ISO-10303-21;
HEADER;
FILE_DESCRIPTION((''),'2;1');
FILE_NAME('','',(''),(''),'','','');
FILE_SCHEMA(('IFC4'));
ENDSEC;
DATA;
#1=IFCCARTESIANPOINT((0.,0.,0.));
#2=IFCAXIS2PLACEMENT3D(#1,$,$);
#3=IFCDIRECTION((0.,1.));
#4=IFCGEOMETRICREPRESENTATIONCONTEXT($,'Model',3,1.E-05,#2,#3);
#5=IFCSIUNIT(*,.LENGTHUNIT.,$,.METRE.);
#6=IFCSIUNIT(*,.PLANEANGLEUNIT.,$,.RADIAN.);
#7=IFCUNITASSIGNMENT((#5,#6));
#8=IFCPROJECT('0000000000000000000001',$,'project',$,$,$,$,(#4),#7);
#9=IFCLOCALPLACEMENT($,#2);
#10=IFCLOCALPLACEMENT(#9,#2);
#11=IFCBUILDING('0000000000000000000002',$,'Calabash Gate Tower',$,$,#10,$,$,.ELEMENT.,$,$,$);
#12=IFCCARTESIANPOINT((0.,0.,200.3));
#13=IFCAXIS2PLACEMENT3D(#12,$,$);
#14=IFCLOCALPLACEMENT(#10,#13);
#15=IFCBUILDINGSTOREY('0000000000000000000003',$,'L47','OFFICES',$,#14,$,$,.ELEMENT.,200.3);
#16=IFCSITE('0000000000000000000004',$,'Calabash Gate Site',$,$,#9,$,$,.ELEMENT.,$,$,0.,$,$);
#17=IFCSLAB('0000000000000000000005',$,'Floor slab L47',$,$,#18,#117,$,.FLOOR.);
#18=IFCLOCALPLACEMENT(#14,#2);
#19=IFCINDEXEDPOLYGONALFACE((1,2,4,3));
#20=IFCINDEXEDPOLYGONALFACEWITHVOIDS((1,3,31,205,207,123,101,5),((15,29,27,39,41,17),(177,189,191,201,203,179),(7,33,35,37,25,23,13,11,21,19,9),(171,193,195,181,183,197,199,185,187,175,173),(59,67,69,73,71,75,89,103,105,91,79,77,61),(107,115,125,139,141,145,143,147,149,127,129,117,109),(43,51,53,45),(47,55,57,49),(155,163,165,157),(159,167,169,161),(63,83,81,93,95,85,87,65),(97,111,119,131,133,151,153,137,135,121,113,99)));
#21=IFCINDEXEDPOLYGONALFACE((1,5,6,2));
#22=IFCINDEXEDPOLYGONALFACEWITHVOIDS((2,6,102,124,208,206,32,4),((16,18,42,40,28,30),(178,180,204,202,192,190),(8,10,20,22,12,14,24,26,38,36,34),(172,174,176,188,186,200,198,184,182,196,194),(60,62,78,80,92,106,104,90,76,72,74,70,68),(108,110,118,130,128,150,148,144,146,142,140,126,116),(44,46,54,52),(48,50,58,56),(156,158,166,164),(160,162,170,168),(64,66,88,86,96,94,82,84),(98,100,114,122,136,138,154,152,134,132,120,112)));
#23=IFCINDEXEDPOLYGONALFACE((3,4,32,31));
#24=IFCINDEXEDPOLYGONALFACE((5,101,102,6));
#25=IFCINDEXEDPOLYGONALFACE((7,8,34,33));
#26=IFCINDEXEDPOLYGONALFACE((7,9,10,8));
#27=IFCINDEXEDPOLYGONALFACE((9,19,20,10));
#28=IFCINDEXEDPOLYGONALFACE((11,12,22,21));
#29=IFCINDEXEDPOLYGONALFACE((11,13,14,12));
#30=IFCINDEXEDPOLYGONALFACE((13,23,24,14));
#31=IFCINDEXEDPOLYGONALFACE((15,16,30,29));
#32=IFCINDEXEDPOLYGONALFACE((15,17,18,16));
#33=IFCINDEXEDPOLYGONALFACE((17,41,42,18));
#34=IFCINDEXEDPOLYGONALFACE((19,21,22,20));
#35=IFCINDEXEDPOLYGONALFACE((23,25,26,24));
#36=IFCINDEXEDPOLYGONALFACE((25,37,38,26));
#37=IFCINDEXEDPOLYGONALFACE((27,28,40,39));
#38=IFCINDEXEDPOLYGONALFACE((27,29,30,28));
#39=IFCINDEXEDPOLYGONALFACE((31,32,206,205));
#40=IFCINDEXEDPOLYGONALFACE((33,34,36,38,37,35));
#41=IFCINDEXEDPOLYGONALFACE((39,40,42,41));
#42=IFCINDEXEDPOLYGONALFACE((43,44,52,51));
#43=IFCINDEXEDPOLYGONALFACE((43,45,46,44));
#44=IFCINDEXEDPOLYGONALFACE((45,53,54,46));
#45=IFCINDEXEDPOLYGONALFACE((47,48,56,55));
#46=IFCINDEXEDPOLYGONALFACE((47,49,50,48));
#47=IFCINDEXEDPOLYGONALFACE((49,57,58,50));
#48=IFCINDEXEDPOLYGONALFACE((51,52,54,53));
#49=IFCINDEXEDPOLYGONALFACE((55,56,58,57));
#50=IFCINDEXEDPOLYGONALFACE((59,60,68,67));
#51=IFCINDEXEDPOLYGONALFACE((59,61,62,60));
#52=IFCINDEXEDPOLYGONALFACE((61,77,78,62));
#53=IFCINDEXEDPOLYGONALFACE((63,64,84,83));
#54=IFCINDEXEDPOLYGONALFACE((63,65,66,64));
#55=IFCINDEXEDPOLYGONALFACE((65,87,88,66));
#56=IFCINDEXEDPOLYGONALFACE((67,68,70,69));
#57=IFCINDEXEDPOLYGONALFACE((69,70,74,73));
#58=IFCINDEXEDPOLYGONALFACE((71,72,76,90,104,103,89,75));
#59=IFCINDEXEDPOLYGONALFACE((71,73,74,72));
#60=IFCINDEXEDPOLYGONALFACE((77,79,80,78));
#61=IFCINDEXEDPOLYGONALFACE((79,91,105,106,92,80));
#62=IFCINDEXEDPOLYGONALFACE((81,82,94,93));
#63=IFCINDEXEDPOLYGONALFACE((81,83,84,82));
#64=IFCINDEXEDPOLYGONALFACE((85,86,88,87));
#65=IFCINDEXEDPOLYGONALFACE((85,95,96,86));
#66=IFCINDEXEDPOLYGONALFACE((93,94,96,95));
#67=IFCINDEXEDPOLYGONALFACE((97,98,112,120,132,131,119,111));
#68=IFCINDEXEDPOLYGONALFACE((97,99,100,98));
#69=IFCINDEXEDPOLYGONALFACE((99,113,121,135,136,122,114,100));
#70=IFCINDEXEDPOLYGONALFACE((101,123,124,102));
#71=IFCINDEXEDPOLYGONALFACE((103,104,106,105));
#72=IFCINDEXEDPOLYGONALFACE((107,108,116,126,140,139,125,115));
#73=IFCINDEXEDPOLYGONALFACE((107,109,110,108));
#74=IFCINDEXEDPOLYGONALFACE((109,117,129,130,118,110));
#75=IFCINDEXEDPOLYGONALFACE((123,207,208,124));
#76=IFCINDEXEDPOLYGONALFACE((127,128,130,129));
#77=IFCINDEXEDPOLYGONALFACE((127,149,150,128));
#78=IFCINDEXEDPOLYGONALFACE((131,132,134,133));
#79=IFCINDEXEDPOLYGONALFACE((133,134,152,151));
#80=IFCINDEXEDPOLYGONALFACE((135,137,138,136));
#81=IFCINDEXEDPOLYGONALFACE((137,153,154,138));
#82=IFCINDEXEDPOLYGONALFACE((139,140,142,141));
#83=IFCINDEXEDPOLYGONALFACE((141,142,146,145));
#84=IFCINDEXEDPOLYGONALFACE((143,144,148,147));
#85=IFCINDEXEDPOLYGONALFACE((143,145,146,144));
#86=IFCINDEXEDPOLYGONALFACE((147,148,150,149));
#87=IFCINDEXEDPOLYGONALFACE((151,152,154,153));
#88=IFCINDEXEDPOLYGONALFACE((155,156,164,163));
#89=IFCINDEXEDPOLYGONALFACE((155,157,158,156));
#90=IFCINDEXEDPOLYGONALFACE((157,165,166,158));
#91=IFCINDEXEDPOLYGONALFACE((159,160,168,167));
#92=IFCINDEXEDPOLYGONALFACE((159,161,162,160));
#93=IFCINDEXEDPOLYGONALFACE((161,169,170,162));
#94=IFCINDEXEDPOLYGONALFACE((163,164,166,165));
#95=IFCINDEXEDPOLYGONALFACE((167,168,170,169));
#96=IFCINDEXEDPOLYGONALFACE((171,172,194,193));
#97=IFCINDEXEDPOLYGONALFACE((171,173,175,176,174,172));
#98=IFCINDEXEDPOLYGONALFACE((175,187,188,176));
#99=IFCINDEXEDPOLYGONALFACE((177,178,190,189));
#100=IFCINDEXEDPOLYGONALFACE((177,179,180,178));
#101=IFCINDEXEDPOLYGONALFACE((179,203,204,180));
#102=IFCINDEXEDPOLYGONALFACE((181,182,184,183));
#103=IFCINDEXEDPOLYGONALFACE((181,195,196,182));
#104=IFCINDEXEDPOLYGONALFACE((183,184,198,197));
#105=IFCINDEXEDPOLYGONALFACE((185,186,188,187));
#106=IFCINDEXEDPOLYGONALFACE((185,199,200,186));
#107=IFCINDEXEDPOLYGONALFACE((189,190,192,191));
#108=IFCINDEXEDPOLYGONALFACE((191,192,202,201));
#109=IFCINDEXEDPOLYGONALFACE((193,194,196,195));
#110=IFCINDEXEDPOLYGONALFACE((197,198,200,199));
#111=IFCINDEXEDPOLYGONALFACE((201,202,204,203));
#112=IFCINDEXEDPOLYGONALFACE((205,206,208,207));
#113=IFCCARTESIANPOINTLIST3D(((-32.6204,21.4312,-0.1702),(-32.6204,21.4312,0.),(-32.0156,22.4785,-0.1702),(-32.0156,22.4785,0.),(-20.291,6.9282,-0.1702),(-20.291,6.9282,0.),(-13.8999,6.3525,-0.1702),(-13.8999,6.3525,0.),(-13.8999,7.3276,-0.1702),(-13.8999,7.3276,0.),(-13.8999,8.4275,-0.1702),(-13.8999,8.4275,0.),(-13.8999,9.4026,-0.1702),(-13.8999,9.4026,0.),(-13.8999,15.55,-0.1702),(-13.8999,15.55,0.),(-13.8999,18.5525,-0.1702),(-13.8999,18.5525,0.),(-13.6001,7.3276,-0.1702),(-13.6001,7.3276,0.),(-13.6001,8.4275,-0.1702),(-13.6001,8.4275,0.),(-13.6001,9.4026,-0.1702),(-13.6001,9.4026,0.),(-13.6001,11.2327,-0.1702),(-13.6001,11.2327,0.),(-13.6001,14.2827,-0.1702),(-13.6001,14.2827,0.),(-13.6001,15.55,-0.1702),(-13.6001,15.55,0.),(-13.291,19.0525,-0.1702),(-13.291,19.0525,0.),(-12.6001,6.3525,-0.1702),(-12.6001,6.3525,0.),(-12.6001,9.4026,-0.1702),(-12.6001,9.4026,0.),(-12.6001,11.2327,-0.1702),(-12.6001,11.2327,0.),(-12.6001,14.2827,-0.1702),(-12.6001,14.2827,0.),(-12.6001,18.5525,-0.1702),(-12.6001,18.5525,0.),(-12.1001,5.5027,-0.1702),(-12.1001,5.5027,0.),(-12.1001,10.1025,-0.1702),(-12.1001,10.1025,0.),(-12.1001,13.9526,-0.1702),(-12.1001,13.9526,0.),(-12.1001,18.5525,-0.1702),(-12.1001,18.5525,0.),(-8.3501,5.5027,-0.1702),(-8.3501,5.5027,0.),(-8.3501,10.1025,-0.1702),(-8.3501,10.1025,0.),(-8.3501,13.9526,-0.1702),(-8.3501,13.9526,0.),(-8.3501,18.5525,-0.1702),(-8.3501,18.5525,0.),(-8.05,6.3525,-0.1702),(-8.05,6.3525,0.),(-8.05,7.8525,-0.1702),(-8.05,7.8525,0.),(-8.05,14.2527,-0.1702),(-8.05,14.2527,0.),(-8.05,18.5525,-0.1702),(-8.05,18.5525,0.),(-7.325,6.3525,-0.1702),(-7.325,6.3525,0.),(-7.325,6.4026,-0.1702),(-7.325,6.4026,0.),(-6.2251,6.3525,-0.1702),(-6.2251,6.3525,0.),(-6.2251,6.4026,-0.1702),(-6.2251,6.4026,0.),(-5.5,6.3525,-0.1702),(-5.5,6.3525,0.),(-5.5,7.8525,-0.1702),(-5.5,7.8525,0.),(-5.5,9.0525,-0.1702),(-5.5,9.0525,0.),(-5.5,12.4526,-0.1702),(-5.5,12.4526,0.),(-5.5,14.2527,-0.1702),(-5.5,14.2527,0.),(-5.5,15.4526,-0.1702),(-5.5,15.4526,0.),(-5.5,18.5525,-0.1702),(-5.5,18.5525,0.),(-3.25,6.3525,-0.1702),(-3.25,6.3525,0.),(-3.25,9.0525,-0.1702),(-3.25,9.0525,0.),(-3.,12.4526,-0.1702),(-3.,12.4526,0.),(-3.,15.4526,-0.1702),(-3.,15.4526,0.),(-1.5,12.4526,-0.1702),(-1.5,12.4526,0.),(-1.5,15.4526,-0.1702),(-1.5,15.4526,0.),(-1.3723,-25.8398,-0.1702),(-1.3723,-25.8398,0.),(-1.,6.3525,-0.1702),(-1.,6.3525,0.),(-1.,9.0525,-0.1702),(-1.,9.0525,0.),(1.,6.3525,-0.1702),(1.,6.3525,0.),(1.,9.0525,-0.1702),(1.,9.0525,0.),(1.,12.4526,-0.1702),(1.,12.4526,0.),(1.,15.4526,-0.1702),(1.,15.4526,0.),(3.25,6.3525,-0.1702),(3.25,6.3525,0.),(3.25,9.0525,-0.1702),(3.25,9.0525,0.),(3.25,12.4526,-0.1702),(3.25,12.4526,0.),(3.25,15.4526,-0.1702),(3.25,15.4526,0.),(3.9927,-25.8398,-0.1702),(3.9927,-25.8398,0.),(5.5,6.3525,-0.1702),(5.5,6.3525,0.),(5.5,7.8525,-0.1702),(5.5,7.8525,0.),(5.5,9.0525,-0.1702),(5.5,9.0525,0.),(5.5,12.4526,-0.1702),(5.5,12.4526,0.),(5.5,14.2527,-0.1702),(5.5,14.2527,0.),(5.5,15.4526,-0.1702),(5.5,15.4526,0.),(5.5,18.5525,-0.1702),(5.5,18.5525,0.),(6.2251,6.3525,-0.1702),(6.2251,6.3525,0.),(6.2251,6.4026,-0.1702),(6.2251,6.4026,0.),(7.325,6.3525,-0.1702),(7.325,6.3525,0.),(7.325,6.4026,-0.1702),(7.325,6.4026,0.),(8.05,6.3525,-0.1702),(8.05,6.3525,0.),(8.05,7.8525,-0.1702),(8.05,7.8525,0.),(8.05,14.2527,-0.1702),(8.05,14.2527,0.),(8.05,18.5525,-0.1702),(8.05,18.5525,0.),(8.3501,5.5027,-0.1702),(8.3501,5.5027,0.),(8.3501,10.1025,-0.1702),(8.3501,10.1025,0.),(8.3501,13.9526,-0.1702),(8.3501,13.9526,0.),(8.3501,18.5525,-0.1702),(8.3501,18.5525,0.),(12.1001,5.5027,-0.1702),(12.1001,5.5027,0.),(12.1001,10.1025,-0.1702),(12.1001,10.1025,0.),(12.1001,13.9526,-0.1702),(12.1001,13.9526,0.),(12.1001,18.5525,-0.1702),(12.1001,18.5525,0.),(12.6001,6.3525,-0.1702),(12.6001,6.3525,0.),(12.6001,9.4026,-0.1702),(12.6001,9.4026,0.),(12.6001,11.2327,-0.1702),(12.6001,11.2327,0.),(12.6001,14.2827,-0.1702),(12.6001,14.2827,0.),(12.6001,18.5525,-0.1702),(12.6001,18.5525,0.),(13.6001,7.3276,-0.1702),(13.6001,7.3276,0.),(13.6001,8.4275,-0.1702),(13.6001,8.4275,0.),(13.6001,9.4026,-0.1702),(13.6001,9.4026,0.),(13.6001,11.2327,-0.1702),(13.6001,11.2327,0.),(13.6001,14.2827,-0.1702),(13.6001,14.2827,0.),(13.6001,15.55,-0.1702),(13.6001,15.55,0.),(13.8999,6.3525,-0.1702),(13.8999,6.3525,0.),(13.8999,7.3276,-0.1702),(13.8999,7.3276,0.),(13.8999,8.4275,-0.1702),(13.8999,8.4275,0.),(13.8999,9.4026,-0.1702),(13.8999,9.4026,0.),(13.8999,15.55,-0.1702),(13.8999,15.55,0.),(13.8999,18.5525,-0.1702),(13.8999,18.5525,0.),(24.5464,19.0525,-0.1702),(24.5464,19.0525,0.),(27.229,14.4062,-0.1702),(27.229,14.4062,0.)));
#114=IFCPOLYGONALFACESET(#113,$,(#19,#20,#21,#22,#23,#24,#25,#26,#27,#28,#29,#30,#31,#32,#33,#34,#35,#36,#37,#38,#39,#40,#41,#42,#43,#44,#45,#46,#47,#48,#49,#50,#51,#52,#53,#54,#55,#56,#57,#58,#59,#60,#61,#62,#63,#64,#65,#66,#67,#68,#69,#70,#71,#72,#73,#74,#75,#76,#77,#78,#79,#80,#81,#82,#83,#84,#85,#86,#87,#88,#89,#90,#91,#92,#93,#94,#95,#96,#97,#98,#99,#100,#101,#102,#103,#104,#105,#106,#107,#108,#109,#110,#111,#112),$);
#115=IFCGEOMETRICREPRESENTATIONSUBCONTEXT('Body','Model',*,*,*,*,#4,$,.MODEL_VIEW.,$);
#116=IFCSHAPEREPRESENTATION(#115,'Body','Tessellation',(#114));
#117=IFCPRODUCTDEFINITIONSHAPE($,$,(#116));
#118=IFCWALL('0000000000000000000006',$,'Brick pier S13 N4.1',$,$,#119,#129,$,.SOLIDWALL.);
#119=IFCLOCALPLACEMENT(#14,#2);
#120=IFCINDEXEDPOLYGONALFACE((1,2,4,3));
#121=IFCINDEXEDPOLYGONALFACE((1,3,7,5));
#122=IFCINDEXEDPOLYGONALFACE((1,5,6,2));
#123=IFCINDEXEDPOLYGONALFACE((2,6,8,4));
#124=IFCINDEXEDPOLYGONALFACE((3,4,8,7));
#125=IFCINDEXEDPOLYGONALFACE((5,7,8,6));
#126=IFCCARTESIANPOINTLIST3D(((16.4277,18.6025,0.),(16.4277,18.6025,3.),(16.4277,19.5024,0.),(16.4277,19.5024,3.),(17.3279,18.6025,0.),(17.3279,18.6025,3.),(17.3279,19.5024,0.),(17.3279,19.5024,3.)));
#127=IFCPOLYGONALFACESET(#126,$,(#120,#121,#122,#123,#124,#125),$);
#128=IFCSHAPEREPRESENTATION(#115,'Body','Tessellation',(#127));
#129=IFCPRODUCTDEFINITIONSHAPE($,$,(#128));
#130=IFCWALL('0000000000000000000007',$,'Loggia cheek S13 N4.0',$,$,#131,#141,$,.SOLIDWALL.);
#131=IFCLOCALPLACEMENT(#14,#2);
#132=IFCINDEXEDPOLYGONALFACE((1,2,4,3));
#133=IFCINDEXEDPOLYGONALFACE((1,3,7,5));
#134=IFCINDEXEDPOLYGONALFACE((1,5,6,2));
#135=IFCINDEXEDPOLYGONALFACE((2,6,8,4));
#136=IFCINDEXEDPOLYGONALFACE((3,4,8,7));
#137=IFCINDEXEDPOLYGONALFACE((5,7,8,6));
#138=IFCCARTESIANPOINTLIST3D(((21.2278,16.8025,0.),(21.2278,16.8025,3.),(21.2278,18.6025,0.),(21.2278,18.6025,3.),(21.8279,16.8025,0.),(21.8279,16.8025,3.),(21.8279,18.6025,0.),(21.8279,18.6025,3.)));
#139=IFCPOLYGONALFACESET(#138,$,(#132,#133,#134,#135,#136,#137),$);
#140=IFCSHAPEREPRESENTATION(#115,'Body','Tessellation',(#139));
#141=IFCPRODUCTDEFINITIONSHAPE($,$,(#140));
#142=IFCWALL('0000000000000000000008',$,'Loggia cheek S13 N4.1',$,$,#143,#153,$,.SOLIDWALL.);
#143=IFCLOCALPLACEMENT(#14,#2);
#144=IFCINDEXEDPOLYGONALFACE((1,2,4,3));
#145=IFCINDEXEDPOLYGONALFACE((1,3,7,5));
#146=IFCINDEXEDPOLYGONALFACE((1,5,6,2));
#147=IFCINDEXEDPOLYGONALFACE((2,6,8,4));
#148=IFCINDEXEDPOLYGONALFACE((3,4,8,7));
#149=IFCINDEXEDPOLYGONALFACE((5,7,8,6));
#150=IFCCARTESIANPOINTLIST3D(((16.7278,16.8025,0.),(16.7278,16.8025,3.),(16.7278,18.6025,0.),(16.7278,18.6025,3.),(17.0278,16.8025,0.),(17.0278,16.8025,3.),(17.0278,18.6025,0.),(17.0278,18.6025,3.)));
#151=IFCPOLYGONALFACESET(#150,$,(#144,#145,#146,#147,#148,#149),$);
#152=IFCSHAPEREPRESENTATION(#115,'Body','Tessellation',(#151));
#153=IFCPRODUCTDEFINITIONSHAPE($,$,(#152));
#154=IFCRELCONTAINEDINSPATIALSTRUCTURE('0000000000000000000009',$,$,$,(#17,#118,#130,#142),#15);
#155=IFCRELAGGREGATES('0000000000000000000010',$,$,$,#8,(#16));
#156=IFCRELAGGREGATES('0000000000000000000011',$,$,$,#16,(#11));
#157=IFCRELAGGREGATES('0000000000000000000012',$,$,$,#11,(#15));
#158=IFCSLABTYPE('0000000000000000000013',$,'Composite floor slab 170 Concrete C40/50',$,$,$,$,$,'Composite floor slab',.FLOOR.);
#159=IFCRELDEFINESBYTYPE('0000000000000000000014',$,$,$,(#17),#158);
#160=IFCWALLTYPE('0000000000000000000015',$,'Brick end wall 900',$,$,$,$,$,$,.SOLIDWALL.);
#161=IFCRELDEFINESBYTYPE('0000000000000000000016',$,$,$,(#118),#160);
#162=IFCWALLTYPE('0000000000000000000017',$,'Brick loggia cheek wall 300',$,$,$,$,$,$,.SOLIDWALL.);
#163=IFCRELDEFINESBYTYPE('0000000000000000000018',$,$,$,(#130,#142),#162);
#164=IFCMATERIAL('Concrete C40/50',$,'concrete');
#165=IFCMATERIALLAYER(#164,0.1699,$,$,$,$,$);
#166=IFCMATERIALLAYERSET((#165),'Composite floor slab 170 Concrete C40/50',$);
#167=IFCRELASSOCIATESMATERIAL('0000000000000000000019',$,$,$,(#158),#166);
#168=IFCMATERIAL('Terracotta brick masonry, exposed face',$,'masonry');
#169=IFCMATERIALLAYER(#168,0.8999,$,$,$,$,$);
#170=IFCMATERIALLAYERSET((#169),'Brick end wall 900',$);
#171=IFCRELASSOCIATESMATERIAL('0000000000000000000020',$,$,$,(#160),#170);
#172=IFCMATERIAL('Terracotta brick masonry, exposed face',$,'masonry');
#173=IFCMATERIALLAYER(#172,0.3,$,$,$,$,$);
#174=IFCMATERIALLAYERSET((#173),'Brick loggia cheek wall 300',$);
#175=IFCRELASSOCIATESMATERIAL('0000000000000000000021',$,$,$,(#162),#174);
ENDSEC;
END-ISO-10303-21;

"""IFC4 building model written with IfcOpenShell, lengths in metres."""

from ifc_helpers import new_model, si_unit, direction, frame, origin, place, context, subcontext, project, spatial, polyline, outline, extrude, material, layer, layer_set, type_object, element, save


model = new_model("IFC4")

# Units and contexts
model_context = context("Model", 3, precision=1e-05, world=origin(), true_north=direction((0.0, 1.0)))
body_context = subcontext(model_context, "Body", "Model", "MODEL_VIEW")
ifc_project = project(units=[si_unit("LENGTHUNIT", "METRE"), si_unit("PLANEANGLEUNIT", "RADIAN")], contexts=[model_context])

# Site, building, storey
site_placement = place(None, origin())
site = spatial("IfcSite", under=ifc_project, at=site_placement, Name="Calabash Gate Site", CompositionType="ELEMENT", RefElevation=0.0)
building_placement = place(site_placement, origin())
building = spatial("IfcBuilding", under=site, at=building_placement, Name="Calabash Gate Tower", CompositionType="ELEMENT")
storey_placement = place(building_placement, frame((0.0, 0.0, 200.3)))
storey = spatial("IfcBuildingStorey", under=building, at=storey_placement, Name="L47", Description="OFFICES", CompositionType="ELEMENT", Elevation=200.3)

# Slab
ifc_material_1 = material(Name="Concrete C40/50", Category="concrete")
ifc_layer_1 = layer(ifc_material_1, 0.1699)
ifc_layer_set_1 = layer_set([ifc_layer_1], Name="Composite floor slab 170 Concrete C40/50")
slab_type = type_object("IfcSlabType", Name="Composite floor slab 170 Concrete C40/50", ElementType="Composite floor slab", PredefinedType="FLOOR", material=ifc_layer_set_1)
slab_placement = place(storey_placement, frame((0.0, 0.0, -0.1702)))
element("IfcSlab", 1, at=slab_placement, inside=storey, type_object=slab_type, Name="Floor slab L47", PredefinedType="FLOOR", context=body_context, shape_type="SweptSolid", body=[
    extrude(outline(polyline([(3.9927, -25.8398), (-1.3723, -25.8398), (-20.291, 6.9282), (-32.6204, 21.4312), (-32.0156, 22.4785), (-13.291, 19.0525), (24.5464, 19.0525), (27.229, 14.4062), (3.9927, -25.8398)]), holes=[polyline([(-7.325, 6.3525), (-7.325, 6.4026), (-6.2251, 6.4026), (-6.2251, 6.3525), (-5.5, 6.3525), (-3.25, 6.3525), (-1.0, 6.3525), (-1.0, 9.0525), (-3.25, 9.0525), (-5.5, 9.0525), (-5.5, 7.8525), (-8.05, 7.8525), (-8.05, 6.3525), (-7.325, 6.3525)]), polyline([(8.05, 6.3525), (8.05, 7.8525), (5.5, 7.8525), (5.5, 9.0525), (3.25, 9.0525), (1.0, 9.0525), (1.0, 6.3525), (3.25, 6.3525), (5.5, 6.3525), (6.2251, 6.3525), (6.2251, 6.4026), (7.325, 6.4026), (7.325, 6.3525), (8.05, 6.3525)]), polyline([(-8.05, 18.5525), (-8.05, 14.2527), (-5.5, 14.2527), (-5.5, 12.4526), (-3.0, 12.4526), (-3.0, 15.4526), (-5.5, 15.4526), (-5.5, 18.5525), (-8.05, 18.5525)]), polyline([(5.5, 14.2527), (8.05, 14.2527), (8.05, 18.5525), (5.5, 18.5525), (5.5, 15.4526), (3.25, 15.4526), (1.0, 15.4526), (-1.5, 15.4526), (-1.5, 12.4526), (1.0, 12.4526), (3.25, 12.4526), (5.5, 12.4526), (5.5, 14.2527)]), polyline([(-12.1001, 13.9526), (-8.3501, 13.9526), (-8.3501, 18.5525), (-12.1001, 18.5525), (-12.1001, 13.9526)]), polyline([(-8.3501, 5.5027), (-8.3501, 10.1025), (-12.1001, 10.1025), (-12.1001, 5.5027), (-8.3501, 5.5027)]), polyline([(12.1001, 18.5525), (8.3501, 18.5525), (8.3501, 13.9526), (12.1001, 13.9526), (12.1001, 18.5525)]), polyline([(8.3501, 10.1025), (8.3501, 5.5027), (12.1001, 5.5027), (12.1001, 10.1025), (8.3501, 10.1025)]), polyline([(-13.8999, 6.3525), (-12.6001, 6.3525), (-12.6001, 9.4026), (-12.6001, 11.2327), (-13.6001, 11.2327), (-13.6001, 9.4026), (-13.8999, 9.4026), (-13.8999, 8.4275), (-13.6001, 8.4275), (-13.6001, 7.3276), (-13.8999, 7.3276), (-13.8999, 6.3525)]), polyline([(-13.6001, 14.2827), (-12.6001, 14.2827), (-12.6001, 18.5525), (-13.8999, 18.5525), (-13.8999, 15.55), (-13.6001, 15.55), (-13.6001, 14.2827)]), polyline([(13.6001, 7.3276), (13.6001, 8.4275), (13.8999, 8.4275), (13.8999, 9.4026), (13.6001, 9.4026), (13.6001, 11.2327), (12.6001, 11.2327), (12.6001, 9.4026), (12.6001, 6.3525), (13.8999, 6.3525), (13.8999, 7.3276), (13.6001, 7.3276)]), polyline([(12.6001, 14.2827), (13.6001, 14.2827), (13.6001, 15.55), (13.8999, 15.55), (13.8999, 18.5525), (12.6001, 18.5525), (12.6001, 14.2827)])]), origin(), (0.0, 0.0, 1.0), 0.1702),
])

# Walls
ifc_material_2 = material(Name="Terracotta brick masonry, exposed face", Category="masonry")
ifc_layer_2 = layer(ifc_material_2, 0.8999)
ifc_layer_set_2 = layer_set([ifc_layer_2], Name="Brick end wall 900")
wall_type_1 = type_object("IfcWallType", Name="Brick end wall 900", PredefinedType="SOLIDWALL", material=ifc_layer_set_2)
wall_1_placement = place(storey_placement, origin())
element("IfcWall", 2, at=wall_1_placement, inside=storey, type_object=wall_type_1, Name="Brick pier S13 N4.1", PredefinedType="SOLIDWALL", context=body_context, shape_type="SweptSolid", body=[
    extrude(outline(polyline([(17.3279, 19.5024), (16.4277, 19.5024), (16.4277, 18.6025), (17.3279, 18.6025), (17.3279, 19.5024)])), origin(), (0.0, 0.0, 1.0), 3.0),
])
ifc_material_3 = material(Name="Terracotta brick masonry, exposed face", Category="masonry")
ifc_layer_3 = layer(ifc_material_3, 0.3)
ifc_layer_set_3 = layer_set([ifc_layer_3], Name="Brick loggia cheek wall 300")
wall_type_2 = type_object("IfcWallType", Name="Brick loggia cheek wall 300", PredefinedType="SOLIDWALL", material=ifc_layer_set_3)
wall_2_placement = place(storey_placement, origin())
element("IfcWall", 3, at=wall_2_placement, inside=storey, type_object=wall_type_2, Name="Loggia cheek S13 N4.0", PredefinedType="SOLIDWALL", context=body_context, shape_type="SweptSolid", body=[
    extrude(outline(polyline([(21.8279, 16.8025), (21.8279, 18.6025), (21.2278, 18.6025), (21.2278, 16.8025), (21.8279, 16.8025)])), origin(), (0.0, 0.0, 1.0), 3.0),
])
wall_3_placement = place(storey_placement, origin())
element("IfcWall", 4, at=wall_3_placement, inside=storey, type_object=wall_type_2, Name="Loggia cheek S13 N4.1", PredefinedType="SOLIDWALL", context=body_context, shape_type="SweptSolid", body=[
    extrude(outline(polyline([(17.0278, 18.6025), (16.7278, 18.6025), (16.7278, 16.8025), (17.0278, 16.8025), (17.0278, 18.6025)])), origin(), (0.0, 0.0, 1.0), 3.0),
])

save(model, "model.ifc")
